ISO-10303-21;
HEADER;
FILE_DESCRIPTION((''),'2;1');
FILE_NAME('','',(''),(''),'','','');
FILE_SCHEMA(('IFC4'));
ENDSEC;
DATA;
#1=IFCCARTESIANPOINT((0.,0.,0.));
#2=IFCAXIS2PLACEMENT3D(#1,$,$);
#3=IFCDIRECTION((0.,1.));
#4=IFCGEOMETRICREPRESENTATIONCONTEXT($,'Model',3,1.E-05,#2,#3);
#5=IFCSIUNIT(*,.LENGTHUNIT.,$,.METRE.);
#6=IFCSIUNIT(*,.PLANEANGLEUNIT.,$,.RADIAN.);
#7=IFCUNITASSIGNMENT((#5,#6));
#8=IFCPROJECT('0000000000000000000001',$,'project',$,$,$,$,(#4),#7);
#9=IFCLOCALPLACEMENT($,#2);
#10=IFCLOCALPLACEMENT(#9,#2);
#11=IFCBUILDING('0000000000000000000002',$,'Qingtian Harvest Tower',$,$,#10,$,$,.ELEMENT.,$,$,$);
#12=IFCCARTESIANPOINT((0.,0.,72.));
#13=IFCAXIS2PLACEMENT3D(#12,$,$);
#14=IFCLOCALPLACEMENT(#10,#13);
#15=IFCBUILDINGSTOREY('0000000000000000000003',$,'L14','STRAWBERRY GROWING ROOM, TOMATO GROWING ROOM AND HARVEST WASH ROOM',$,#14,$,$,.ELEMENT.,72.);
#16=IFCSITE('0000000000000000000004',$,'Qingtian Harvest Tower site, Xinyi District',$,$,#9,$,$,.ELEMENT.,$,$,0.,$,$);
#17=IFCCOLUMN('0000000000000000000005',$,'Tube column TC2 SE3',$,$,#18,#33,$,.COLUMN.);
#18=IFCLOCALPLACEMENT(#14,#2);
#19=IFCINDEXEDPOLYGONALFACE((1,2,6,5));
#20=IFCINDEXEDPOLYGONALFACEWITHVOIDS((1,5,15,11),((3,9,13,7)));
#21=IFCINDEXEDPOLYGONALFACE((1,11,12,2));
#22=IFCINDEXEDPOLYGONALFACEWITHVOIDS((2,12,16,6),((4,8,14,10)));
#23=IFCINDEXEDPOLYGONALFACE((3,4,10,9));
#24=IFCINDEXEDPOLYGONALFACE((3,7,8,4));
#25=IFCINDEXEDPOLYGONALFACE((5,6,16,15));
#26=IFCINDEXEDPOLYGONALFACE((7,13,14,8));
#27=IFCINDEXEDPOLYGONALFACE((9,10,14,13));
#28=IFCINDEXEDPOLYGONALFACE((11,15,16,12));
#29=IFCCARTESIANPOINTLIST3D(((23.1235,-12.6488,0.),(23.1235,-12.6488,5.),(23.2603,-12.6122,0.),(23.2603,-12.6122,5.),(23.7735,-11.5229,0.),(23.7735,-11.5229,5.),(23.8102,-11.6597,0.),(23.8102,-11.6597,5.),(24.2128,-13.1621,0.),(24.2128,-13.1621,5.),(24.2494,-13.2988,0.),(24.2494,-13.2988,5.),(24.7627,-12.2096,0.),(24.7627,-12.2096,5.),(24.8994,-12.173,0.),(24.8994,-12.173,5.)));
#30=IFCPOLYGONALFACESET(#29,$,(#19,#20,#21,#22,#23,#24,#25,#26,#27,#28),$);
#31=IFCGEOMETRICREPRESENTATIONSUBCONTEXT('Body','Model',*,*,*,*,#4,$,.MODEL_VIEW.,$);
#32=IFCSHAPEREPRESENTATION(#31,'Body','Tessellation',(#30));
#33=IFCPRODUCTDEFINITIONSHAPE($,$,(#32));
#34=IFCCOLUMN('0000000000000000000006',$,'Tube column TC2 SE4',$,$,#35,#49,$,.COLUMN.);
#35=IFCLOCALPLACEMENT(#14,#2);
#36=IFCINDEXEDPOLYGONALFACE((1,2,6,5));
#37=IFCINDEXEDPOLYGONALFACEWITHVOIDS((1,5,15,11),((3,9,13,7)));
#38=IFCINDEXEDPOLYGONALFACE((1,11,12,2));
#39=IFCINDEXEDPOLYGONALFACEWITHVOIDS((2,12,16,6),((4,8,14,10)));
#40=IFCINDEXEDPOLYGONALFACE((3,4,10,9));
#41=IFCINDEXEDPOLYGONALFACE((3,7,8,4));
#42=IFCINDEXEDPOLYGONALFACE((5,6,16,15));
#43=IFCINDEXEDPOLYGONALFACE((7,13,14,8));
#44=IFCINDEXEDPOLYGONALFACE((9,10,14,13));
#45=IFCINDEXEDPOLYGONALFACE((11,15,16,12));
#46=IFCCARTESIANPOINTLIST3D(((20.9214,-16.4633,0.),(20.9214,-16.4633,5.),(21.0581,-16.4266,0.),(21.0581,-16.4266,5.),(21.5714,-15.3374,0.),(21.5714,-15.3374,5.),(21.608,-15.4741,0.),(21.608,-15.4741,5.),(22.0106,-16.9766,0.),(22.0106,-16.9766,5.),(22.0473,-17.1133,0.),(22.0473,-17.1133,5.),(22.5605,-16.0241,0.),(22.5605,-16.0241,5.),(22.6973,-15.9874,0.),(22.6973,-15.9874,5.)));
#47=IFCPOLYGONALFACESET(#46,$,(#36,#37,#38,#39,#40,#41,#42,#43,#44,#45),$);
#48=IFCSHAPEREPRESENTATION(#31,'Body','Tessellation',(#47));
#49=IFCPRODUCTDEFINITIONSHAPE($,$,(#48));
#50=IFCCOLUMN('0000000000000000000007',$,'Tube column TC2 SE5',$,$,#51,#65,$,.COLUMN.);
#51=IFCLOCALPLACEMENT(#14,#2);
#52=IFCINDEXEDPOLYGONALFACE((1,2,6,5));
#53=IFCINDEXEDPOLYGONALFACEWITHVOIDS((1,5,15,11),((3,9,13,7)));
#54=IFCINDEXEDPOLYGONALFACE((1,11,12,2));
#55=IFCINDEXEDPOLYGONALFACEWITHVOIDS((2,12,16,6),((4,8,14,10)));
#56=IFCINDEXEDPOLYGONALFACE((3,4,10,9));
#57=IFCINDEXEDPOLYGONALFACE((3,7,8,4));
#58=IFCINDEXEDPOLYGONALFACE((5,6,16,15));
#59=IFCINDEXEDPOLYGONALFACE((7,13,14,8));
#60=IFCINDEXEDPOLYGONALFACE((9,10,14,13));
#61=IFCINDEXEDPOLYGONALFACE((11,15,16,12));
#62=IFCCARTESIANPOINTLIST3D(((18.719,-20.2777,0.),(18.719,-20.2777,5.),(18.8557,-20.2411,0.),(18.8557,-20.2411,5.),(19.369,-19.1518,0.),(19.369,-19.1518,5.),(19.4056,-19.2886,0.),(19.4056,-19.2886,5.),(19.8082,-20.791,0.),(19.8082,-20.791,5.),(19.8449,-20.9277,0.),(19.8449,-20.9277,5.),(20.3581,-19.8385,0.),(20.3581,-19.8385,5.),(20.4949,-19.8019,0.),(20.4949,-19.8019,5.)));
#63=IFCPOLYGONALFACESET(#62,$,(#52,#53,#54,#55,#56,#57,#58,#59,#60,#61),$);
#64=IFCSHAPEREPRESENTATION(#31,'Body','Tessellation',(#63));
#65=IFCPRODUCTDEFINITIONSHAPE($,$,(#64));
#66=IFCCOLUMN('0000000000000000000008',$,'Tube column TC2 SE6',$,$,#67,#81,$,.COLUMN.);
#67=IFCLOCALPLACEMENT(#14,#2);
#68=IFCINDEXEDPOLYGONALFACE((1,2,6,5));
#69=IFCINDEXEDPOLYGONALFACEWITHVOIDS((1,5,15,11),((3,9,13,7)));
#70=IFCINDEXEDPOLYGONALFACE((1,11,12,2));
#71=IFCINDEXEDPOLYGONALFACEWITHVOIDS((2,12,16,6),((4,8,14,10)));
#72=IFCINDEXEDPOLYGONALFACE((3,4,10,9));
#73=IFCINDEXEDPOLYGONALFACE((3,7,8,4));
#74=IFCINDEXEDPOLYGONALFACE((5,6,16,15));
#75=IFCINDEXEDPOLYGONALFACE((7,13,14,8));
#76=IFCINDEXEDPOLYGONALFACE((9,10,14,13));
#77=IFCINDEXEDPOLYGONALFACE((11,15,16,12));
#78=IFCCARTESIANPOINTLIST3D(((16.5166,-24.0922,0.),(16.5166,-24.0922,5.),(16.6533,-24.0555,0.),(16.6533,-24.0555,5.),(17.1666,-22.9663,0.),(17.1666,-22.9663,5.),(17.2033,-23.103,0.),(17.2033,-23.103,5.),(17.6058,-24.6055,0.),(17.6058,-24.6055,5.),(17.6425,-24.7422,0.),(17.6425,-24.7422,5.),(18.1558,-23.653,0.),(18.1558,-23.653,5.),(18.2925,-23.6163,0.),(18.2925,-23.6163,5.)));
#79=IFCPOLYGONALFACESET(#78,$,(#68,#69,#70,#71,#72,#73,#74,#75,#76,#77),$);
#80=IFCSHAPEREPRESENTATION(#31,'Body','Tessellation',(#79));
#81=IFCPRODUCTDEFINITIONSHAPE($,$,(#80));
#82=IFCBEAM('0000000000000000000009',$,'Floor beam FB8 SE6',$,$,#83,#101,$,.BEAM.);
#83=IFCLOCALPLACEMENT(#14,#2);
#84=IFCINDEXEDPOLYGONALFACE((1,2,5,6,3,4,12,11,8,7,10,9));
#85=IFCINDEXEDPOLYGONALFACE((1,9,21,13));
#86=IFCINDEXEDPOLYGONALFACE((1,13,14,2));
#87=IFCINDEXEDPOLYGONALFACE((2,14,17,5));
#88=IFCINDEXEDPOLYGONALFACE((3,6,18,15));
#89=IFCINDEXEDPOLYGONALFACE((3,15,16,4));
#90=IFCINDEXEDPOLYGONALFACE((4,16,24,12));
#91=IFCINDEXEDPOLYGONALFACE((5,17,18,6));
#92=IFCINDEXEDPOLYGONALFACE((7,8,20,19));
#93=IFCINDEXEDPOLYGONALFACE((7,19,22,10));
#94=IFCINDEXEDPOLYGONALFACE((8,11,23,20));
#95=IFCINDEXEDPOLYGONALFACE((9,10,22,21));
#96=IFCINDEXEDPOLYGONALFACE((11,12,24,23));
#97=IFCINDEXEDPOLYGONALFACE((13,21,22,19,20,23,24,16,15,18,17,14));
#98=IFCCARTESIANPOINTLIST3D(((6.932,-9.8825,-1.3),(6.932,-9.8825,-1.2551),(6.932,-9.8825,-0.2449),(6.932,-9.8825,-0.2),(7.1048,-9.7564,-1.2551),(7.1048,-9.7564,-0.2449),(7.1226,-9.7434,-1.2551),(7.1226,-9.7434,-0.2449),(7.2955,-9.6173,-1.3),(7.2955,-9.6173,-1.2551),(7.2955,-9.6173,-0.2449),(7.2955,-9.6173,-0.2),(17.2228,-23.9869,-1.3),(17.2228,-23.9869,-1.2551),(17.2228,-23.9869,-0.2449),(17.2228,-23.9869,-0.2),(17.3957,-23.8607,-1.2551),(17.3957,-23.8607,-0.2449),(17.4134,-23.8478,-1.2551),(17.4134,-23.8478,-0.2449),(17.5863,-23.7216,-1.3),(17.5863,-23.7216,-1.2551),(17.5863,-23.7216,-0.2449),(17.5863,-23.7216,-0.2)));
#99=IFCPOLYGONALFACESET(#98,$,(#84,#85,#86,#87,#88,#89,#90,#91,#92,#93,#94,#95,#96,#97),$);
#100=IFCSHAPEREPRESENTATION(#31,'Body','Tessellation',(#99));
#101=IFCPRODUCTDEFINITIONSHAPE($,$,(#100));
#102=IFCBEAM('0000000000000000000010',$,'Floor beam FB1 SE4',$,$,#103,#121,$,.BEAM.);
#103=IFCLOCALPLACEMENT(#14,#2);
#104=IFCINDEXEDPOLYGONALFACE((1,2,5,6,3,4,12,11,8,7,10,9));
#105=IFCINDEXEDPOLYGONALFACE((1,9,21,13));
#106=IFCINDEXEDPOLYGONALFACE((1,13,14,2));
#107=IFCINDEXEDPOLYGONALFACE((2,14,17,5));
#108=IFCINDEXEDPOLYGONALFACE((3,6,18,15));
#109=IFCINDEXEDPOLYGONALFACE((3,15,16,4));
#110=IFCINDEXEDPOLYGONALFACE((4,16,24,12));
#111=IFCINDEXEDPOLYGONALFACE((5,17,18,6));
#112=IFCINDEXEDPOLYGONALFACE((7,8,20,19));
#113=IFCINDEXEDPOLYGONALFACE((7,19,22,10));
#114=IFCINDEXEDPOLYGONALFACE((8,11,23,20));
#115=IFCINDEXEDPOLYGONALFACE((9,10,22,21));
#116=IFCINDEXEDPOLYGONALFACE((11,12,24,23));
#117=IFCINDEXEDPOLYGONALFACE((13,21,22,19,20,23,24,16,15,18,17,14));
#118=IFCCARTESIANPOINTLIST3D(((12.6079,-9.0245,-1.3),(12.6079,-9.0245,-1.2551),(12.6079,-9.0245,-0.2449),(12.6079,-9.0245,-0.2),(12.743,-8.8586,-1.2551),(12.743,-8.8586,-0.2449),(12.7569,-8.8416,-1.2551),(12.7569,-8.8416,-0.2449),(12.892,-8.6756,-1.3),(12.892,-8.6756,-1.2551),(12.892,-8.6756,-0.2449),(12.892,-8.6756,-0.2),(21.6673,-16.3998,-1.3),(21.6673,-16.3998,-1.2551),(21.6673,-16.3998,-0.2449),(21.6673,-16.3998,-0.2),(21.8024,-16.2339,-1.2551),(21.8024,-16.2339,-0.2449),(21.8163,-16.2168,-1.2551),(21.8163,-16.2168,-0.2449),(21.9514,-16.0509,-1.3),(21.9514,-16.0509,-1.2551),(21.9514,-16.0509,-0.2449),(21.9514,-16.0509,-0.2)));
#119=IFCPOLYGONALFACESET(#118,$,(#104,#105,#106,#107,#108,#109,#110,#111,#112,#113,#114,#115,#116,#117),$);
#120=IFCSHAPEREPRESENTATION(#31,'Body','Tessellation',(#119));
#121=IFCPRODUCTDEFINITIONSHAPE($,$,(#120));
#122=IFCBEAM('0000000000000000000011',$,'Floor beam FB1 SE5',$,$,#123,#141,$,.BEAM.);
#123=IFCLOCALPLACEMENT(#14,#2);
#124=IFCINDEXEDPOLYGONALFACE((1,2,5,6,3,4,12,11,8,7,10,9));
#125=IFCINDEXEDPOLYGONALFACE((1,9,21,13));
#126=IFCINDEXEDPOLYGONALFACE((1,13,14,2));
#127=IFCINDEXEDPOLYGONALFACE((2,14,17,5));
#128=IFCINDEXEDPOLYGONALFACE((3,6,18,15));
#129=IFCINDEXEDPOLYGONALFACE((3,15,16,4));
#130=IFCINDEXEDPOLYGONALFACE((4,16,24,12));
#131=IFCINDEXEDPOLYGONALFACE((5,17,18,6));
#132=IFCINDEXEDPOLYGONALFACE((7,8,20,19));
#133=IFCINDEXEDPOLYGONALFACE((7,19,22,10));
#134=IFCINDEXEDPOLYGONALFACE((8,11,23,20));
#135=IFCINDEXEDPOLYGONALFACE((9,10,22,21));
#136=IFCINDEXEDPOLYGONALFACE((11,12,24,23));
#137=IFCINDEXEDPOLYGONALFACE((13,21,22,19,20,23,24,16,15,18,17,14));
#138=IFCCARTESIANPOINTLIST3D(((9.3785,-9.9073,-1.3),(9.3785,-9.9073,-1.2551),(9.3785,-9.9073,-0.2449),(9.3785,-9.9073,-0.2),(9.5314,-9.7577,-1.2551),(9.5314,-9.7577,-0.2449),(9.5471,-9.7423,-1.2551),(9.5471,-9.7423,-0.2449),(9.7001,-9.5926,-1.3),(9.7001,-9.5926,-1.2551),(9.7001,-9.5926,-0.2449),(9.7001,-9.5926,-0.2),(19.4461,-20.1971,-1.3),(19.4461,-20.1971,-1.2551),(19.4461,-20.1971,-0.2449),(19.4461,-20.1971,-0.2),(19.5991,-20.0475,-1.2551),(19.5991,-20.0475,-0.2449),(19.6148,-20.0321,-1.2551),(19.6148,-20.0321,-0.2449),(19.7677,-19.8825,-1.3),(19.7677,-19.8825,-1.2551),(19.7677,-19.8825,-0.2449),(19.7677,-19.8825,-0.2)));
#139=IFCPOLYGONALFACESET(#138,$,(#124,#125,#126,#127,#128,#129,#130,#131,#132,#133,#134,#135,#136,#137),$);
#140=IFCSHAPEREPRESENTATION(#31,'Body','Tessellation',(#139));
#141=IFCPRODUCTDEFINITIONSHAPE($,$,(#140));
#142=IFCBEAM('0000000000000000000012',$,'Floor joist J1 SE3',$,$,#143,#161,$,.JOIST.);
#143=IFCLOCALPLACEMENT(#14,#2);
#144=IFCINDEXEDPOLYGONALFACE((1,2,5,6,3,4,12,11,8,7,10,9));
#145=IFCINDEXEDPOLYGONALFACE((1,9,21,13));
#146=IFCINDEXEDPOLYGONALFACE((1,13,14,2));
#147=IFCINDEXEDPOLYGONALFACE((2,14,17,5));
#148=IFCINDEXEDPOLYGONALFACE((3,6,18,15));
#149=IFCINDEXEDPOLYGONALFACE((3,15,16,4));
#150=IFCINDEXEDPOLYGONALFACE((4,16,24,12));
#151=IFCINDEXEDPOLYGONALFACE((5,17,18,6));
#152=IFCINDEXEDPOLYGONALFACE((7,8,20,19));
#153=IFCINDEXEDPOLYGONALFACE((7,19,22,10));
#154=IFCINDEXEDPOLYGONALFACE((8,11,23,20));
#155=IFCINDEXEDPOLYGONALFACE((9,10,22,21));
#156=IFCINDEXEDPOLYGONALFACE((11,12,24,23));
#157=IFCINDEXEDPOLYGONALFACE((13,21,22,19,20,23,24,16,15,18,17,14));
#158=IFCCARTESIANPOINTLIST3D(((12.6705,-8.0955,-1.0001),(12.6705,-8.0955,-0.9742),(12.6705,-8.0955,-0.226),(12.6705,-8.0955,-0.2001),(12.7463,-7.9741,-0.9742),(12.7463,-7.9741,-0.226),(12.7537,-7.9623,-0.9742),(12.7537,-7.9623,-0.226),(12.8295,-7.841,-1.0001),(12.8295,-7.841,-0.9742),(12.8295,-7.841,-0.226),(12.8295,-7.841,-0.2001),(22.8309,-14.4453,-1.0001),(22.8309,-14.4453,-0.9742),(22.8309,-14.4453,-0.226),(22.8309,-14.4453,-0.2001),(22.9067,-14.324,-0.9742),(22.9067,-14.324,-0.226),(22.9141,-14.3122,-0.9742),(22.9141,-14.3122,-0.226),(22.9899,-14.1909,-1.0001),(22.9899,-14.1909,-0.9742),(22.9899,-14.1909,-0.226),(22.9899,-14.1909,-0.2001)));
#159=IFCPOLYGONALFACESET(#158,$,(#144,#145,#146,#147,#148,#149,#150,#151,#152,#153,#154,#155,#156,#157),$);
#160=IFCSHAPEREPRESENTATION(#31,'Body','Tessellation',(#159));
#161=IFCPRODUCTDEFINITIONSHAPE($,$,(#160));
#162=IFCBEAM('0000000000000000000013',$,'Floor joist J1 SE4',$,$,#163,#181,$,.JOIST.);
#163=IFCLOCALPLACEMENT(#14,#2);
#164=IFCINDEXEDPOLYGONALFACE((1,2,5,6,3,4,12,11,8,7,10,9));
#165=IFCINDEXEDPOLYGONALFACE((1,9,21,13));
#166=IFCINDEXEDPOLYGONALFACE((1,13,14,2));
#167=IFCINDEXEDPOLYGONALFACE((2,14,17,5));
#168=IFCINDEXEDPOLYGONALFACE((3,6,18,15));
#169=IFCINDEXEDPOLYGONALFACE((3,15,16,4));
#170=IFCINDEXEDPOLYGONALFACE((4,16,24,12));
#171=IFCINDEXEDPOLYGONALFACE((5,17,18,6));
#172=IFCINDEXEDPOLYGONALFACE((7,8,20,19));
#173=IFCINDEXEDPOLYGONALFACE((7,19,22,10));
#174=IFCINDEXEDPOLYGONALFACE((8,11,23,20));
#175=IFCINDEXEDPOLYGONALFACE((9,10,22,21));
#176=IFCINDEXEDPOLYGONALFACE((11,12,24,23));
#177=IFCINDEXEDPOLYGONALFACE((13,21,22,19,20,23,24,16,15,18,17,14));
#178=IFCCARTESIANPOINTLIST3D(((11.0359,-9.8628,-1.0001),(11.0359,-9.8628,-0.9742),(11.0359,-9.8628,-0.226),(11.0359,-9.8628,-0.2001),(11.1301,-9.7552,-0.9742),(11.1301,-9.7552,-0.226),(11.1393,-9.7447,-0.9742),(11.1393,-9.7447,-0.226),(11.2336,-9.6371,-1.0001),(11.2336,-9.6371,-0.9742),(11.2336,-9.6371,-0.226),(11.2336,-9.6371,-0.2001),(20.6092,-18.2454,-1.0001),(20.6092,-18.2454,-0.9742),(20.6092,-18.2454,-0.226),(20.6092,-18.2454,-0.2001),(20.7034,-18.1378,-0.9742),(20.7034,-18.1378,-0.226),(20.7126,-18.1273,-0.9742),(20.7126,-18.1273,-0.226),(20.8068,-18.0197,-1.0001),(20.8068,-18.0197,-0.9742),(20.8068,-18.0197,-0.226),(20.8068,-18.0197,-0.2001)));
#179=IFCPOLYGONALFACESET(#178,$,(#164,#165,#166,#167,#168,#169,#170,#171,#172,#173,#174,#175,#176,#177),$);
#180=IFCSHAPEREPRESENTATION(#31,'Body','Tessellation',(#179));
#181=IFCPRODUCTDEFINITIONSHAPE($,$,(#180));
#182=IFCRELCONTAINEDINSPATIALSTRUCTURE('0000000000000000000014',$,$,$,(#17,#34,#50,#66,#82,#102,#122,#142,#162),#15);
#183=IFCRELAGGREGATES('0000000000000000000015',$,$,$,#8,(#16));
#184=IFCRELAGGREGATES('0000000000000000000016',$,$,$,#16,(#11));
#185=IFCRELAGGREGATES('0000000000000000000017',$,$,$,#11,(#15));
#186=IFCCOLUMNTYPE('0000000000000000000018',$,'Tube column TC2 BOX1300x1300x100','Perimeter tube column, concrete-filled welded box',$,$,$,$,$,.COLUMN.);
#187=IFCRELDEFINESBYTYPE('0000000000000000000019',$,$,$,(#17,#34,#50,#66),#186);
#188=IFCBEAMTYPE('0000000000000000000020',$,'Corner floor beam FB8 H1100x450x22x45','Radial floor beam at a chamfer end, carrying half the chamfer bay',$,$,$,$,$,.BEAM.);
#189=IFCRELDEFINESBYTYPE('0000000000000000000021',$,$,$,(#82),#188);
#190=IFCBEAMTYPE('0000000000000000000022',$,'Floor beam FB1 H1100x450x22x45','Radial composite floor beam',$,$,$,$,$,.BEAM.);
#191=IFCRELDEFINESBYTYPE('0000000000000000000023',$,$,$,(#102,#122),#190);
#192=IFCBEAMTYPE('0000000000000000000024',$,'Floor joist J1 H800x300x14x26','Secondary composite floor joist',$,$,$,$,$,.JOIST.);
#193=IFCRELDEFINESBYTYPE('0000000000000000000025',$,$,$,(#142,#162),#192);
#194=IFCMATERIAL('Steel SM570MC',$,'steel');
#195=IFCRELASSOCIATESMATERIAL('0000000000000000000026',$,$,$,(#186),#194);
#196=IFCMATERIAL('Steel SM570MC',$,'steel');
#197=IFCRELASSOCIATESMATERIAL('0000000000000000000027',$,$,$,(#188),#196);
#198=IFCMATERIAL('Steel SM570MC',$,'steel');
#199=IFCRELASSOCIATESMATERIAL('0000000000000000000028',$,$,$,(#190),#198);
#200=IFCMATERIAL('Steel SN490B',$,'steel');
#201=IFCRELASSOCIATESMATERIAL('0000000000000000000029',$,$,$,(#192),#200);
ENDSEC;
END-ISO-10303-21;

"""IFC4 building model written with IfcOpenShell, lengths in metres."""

from ifc_helpers import new_model, si_unit, direction, frame, origin, origin_2d, place, context, subcontext, project, spatial, hollow_rectangle, i_section, extrude, material, material_profile, profile_set, type_object, element, save


model = new_model("IFC4")

# Units and contexts
model_context = context("Model", 3, precision=1e-05, world=origin(), true_north=direction((0.0, 1.0)))
body_context = subcontext(model_context, "Body", "Model", "MODEL_VIEW")
ifc_project = project(units=[si_unit("LENGTHUNIT", "METRE"), si_unit("PLANEANGLEUNIT", "RADIAN")], contexts=[model_context])

# Site, building, storey
site_placement = place(None, origin())
site = spatial("IfcSite", under=ifc_project, at=site_placement, Name="Qingtian Harvest Tower site, Xinyi District", CompositionType="ELEMENT", RefElevation=0.0)
building_placement = place(site_placement, origin())
building = spatial("IfcBuilding", under=site, at=building_placement, Name="Qingtian Harvest Tower", CompositionType="ELEMENT")
storey_placement = place(building_placement, frame((0.0, 0.0, 72.0)))
storey = spatial("IfcBuildingStorey", under=building, at=storey_placement, Name="L14", Description="STRAWBERRY GROWING ROOM, TOMATO GROWING ROOM AND HARVEST WASH ROOM", CompositionType="ELEMENT", Elevation=72.0)

# Columns
ifc_material_1 = material(Name="Steel SM570MC", Category="steel")
ifc_material_profile_1 = material_profile(ifc_material_1, hollow_rectangle(XDim=1.3, YDim=1.3, WallThickness=0.1001, at=origin_2d()), Name="BOX1300x1300x100")
ifc_profile_set_1 = profile_set([ifc_material_profile_1], Name="Steel SM570MC")
column_type = type_object("IfcColumnType", Name="Tube column TC2 BOX1300x1300x100", Description="Perimeter tube column, concrete-filled welded box", PredefinedType="COLUMN", material=ifc_profile_set_1)
for number, where, z_axis, x_axis, name in (
    (1, (24.0115, -12.4109, 0.0), (0.0, 0.0, 1.0), (0.5, 0.866025, 0.0), "Tube column TC2 SE3"),
    (2, (21.8093, -16.2253, 0.0), (0.0, 0.0, 1.0), (0.5, 0.866025, 0.0), "Tube column TC2 SE4"),
    (3, (19.6069, -20.0398, 0.0), (0.0, 0.0, 1.0), (0.5, 0.866025, 0.0), "Tube column TC2 SE5"),
    (4, (17.4045, -23.8542, 0.0), (0.0, 0.0, 1.0), (0.5, 0.866025, 0.0), "Tube column TC2 SE6"),
):
    element("IfcColumn", number, at=place(storey_placement, frame(where, z_axis=z_axis, x_axis=x_axis)), inside=storey, type_object=column_type, Name=name, PredefinedType="COLUMN", context=body_context, shape_type="SweptSolid", body=[
        extrude(hollow_rectangle(XDim=1.3, YDim=1.3, WallThickness=0.1001, at=origin_2d()), origin(), (0.0, 0.0, 1.0), 5.0),
    ])

# Beams
ifc_material_2 = material(Name="Steel SM570MC", Category="steel")
ifc_material_profile_2 = material_profile(ifc_material_2, i_section(OverallWidth=0.45, OverallDepth=1.1001, WebThickness=0.022, FlangeThickness=0.0449, at=origin_2d()), Name="H1100x450x22x45")
ifc_profile_set_2 = profile_set([ifc_material_profile_2], Name="Steel SM570MC")
beam_type_1 = type_object("IfcBeamType", Name="Corner floor beam FB8 H1100x450x22x45", Description="Radial floor beam at a chamfer end, carrying half the chamfer bay", PredefinedType="BEAM", material=ifc_profile_set_2)
beam_1_placement = place(storey_placement, frame((17.4045, -23.8542, -0.75), z_axis=(-0.589412, 0.807832, 0.0), x_axis=(-0.807832, -0.589412, 0.0)))
element("IfcBeam", 5, at=beam_1_placement, inside=storey, type_object=beam_type_1, Name="Floor beam FB8 SE6", PredefinedType="BEAM", context=body_context, shape_type="SweptSolid", body=[
    extrude(i_section(OverallWidth=0.45, OverallDepth=1.1001, WebThickness=0.022, FlangeThickness=0.0449, at=origin_2d()), origin(), (0.0, 0.0, 1.0), 17.4595),
])
ifc_material_3 = material(Name="Steel SM570MC", Category="steel")
ifc_material_profile_3 = material_profile(ifc_material_3, i_section(OverallWidth=0.45, OverallDepth=1.1001, WebThickness=0.022, FlangeThickness=0.0449, at=origin_2d()), Name="H1100x450x22x45")
ifc_profile_set_3 = profile_set([ifc_material_profile_3], Name="Steel SM570MC")
beam_type_2 = type_object("IfcBeamType", Name="Floor beam FB1 H1100x450x22x45", Description="Radial composite floor beam", PredefinedType="BEAM", material=ifc_profile_set_3)
beam_2_placement = place(storey_placement, frame((21.8093, -16.2253, -0.75), z_axis=(-0.775504, 0.631342, 0.0), x_axis=(-0.631342, -0.775504, 0.0)))
element("IfcBeam", 6, at=beam_2_placement, inside=storey, type_object=beam_type_2, Name="Floor beam FB1 SE4", PredefinedType="BEAM", context=body_context, shape_type="SweptSolid", body=[
    extrude(i_section(OverallWidth=0.45, OverallDepth=1.1001, WebThickness=0.022, FlangeThickness=0.0449, at=origin_2d()), origin(), (0.0, 0.0, 1.0), 11.6819),
])
beam_3_placement = place(storey_placement, frame((19.6069, -20.0398, -0.75), z_axis=(-0.699348, 0.714781, 0.0), x_axis=(-0.714781, -0.699348, 0.0)))
element("IfcBeam", 7, at=beam_3_placement, inside=storey, type_object=beam_type_2, Name="Floor beam FB1 SE5", PredefinedType="BEAM", context=body_context, shape_type="SweptSolid", body=[
    extrude(i_section(OverallWidth=0.45, OverallDepth=1.1001, WebThickness=0.022, FlangeThickness=0.0449, at=origin_2d()), origin(), (0.0, 0.0, 1.0), 14.3958),
])
ifc_material_4 = material(Name="Steel SN490B", Category="steel")
ifc_material_profile_4 = material_profile(ifc_material_4, i_section(OverallWidth=0.3, OverallDepth=0.8, WebThickness=0.0139, FlangeThickness=0.0259, at=origin_2d()), Name="H800x300x14x26")
ifc_profile_set_4 = profile_set([ifc_material_profile_4], Name="Steel SN490B")
beam_type_3 = type_object("IfcBeamType", Name="Floor joist J1 H800x300x14x26", Description="Secondary composite floor joist", PredefinedType="JOIST", material=ifc_profile_set_4)
beam_4_placement = place(storey_placement, frame((22.9104, -14.3181, -0.6001), z_axis=(-0.848013, 0.529975, 0.0), x_axis=(-0.529975, -0.848013, 0.0)))
element("IfcBeam", 8, at=beam_4_placement, inside=storey, type_object=beam_type_3, Name="Floor joist J1 SE3", PredefinedType="JOIST", context=body_context, shape_type="SweptSolid", body=[
    extrude(i_section(OverallWidth=0.3, OverallDepth=0.8, WebThickness=0.0139, FlangeThickness=0.0259, at=origin_2d()), origin(), (0.0, 0.0, 1.0), 11.9814),
])
beam_5_placement = place(storey_placement, frame((20.708, -18.1326, -0.6001), z_axis=(-0.752344, 0.658771, 0.0), x_axis=(-0.658771, -0.752344, 0.0)))
element("IfcBeam", 9, at=beam_5_placement, inside=storey, type_object=beam_type_3, Name="Floor joist J1 SE4", PredefinedType="JOIST", context=body_context, shape_type="SweptSolid", body=[
    extrude(i_section(OverallWidth=0.3, OverallDepth=0.8, WebThickness=0.0139, FlangeThickness=0.0259, at=origin_2d()), origin(), (0.0, 0.0, 1.0), 12.7246),
])

save(model, "model.ifc")
